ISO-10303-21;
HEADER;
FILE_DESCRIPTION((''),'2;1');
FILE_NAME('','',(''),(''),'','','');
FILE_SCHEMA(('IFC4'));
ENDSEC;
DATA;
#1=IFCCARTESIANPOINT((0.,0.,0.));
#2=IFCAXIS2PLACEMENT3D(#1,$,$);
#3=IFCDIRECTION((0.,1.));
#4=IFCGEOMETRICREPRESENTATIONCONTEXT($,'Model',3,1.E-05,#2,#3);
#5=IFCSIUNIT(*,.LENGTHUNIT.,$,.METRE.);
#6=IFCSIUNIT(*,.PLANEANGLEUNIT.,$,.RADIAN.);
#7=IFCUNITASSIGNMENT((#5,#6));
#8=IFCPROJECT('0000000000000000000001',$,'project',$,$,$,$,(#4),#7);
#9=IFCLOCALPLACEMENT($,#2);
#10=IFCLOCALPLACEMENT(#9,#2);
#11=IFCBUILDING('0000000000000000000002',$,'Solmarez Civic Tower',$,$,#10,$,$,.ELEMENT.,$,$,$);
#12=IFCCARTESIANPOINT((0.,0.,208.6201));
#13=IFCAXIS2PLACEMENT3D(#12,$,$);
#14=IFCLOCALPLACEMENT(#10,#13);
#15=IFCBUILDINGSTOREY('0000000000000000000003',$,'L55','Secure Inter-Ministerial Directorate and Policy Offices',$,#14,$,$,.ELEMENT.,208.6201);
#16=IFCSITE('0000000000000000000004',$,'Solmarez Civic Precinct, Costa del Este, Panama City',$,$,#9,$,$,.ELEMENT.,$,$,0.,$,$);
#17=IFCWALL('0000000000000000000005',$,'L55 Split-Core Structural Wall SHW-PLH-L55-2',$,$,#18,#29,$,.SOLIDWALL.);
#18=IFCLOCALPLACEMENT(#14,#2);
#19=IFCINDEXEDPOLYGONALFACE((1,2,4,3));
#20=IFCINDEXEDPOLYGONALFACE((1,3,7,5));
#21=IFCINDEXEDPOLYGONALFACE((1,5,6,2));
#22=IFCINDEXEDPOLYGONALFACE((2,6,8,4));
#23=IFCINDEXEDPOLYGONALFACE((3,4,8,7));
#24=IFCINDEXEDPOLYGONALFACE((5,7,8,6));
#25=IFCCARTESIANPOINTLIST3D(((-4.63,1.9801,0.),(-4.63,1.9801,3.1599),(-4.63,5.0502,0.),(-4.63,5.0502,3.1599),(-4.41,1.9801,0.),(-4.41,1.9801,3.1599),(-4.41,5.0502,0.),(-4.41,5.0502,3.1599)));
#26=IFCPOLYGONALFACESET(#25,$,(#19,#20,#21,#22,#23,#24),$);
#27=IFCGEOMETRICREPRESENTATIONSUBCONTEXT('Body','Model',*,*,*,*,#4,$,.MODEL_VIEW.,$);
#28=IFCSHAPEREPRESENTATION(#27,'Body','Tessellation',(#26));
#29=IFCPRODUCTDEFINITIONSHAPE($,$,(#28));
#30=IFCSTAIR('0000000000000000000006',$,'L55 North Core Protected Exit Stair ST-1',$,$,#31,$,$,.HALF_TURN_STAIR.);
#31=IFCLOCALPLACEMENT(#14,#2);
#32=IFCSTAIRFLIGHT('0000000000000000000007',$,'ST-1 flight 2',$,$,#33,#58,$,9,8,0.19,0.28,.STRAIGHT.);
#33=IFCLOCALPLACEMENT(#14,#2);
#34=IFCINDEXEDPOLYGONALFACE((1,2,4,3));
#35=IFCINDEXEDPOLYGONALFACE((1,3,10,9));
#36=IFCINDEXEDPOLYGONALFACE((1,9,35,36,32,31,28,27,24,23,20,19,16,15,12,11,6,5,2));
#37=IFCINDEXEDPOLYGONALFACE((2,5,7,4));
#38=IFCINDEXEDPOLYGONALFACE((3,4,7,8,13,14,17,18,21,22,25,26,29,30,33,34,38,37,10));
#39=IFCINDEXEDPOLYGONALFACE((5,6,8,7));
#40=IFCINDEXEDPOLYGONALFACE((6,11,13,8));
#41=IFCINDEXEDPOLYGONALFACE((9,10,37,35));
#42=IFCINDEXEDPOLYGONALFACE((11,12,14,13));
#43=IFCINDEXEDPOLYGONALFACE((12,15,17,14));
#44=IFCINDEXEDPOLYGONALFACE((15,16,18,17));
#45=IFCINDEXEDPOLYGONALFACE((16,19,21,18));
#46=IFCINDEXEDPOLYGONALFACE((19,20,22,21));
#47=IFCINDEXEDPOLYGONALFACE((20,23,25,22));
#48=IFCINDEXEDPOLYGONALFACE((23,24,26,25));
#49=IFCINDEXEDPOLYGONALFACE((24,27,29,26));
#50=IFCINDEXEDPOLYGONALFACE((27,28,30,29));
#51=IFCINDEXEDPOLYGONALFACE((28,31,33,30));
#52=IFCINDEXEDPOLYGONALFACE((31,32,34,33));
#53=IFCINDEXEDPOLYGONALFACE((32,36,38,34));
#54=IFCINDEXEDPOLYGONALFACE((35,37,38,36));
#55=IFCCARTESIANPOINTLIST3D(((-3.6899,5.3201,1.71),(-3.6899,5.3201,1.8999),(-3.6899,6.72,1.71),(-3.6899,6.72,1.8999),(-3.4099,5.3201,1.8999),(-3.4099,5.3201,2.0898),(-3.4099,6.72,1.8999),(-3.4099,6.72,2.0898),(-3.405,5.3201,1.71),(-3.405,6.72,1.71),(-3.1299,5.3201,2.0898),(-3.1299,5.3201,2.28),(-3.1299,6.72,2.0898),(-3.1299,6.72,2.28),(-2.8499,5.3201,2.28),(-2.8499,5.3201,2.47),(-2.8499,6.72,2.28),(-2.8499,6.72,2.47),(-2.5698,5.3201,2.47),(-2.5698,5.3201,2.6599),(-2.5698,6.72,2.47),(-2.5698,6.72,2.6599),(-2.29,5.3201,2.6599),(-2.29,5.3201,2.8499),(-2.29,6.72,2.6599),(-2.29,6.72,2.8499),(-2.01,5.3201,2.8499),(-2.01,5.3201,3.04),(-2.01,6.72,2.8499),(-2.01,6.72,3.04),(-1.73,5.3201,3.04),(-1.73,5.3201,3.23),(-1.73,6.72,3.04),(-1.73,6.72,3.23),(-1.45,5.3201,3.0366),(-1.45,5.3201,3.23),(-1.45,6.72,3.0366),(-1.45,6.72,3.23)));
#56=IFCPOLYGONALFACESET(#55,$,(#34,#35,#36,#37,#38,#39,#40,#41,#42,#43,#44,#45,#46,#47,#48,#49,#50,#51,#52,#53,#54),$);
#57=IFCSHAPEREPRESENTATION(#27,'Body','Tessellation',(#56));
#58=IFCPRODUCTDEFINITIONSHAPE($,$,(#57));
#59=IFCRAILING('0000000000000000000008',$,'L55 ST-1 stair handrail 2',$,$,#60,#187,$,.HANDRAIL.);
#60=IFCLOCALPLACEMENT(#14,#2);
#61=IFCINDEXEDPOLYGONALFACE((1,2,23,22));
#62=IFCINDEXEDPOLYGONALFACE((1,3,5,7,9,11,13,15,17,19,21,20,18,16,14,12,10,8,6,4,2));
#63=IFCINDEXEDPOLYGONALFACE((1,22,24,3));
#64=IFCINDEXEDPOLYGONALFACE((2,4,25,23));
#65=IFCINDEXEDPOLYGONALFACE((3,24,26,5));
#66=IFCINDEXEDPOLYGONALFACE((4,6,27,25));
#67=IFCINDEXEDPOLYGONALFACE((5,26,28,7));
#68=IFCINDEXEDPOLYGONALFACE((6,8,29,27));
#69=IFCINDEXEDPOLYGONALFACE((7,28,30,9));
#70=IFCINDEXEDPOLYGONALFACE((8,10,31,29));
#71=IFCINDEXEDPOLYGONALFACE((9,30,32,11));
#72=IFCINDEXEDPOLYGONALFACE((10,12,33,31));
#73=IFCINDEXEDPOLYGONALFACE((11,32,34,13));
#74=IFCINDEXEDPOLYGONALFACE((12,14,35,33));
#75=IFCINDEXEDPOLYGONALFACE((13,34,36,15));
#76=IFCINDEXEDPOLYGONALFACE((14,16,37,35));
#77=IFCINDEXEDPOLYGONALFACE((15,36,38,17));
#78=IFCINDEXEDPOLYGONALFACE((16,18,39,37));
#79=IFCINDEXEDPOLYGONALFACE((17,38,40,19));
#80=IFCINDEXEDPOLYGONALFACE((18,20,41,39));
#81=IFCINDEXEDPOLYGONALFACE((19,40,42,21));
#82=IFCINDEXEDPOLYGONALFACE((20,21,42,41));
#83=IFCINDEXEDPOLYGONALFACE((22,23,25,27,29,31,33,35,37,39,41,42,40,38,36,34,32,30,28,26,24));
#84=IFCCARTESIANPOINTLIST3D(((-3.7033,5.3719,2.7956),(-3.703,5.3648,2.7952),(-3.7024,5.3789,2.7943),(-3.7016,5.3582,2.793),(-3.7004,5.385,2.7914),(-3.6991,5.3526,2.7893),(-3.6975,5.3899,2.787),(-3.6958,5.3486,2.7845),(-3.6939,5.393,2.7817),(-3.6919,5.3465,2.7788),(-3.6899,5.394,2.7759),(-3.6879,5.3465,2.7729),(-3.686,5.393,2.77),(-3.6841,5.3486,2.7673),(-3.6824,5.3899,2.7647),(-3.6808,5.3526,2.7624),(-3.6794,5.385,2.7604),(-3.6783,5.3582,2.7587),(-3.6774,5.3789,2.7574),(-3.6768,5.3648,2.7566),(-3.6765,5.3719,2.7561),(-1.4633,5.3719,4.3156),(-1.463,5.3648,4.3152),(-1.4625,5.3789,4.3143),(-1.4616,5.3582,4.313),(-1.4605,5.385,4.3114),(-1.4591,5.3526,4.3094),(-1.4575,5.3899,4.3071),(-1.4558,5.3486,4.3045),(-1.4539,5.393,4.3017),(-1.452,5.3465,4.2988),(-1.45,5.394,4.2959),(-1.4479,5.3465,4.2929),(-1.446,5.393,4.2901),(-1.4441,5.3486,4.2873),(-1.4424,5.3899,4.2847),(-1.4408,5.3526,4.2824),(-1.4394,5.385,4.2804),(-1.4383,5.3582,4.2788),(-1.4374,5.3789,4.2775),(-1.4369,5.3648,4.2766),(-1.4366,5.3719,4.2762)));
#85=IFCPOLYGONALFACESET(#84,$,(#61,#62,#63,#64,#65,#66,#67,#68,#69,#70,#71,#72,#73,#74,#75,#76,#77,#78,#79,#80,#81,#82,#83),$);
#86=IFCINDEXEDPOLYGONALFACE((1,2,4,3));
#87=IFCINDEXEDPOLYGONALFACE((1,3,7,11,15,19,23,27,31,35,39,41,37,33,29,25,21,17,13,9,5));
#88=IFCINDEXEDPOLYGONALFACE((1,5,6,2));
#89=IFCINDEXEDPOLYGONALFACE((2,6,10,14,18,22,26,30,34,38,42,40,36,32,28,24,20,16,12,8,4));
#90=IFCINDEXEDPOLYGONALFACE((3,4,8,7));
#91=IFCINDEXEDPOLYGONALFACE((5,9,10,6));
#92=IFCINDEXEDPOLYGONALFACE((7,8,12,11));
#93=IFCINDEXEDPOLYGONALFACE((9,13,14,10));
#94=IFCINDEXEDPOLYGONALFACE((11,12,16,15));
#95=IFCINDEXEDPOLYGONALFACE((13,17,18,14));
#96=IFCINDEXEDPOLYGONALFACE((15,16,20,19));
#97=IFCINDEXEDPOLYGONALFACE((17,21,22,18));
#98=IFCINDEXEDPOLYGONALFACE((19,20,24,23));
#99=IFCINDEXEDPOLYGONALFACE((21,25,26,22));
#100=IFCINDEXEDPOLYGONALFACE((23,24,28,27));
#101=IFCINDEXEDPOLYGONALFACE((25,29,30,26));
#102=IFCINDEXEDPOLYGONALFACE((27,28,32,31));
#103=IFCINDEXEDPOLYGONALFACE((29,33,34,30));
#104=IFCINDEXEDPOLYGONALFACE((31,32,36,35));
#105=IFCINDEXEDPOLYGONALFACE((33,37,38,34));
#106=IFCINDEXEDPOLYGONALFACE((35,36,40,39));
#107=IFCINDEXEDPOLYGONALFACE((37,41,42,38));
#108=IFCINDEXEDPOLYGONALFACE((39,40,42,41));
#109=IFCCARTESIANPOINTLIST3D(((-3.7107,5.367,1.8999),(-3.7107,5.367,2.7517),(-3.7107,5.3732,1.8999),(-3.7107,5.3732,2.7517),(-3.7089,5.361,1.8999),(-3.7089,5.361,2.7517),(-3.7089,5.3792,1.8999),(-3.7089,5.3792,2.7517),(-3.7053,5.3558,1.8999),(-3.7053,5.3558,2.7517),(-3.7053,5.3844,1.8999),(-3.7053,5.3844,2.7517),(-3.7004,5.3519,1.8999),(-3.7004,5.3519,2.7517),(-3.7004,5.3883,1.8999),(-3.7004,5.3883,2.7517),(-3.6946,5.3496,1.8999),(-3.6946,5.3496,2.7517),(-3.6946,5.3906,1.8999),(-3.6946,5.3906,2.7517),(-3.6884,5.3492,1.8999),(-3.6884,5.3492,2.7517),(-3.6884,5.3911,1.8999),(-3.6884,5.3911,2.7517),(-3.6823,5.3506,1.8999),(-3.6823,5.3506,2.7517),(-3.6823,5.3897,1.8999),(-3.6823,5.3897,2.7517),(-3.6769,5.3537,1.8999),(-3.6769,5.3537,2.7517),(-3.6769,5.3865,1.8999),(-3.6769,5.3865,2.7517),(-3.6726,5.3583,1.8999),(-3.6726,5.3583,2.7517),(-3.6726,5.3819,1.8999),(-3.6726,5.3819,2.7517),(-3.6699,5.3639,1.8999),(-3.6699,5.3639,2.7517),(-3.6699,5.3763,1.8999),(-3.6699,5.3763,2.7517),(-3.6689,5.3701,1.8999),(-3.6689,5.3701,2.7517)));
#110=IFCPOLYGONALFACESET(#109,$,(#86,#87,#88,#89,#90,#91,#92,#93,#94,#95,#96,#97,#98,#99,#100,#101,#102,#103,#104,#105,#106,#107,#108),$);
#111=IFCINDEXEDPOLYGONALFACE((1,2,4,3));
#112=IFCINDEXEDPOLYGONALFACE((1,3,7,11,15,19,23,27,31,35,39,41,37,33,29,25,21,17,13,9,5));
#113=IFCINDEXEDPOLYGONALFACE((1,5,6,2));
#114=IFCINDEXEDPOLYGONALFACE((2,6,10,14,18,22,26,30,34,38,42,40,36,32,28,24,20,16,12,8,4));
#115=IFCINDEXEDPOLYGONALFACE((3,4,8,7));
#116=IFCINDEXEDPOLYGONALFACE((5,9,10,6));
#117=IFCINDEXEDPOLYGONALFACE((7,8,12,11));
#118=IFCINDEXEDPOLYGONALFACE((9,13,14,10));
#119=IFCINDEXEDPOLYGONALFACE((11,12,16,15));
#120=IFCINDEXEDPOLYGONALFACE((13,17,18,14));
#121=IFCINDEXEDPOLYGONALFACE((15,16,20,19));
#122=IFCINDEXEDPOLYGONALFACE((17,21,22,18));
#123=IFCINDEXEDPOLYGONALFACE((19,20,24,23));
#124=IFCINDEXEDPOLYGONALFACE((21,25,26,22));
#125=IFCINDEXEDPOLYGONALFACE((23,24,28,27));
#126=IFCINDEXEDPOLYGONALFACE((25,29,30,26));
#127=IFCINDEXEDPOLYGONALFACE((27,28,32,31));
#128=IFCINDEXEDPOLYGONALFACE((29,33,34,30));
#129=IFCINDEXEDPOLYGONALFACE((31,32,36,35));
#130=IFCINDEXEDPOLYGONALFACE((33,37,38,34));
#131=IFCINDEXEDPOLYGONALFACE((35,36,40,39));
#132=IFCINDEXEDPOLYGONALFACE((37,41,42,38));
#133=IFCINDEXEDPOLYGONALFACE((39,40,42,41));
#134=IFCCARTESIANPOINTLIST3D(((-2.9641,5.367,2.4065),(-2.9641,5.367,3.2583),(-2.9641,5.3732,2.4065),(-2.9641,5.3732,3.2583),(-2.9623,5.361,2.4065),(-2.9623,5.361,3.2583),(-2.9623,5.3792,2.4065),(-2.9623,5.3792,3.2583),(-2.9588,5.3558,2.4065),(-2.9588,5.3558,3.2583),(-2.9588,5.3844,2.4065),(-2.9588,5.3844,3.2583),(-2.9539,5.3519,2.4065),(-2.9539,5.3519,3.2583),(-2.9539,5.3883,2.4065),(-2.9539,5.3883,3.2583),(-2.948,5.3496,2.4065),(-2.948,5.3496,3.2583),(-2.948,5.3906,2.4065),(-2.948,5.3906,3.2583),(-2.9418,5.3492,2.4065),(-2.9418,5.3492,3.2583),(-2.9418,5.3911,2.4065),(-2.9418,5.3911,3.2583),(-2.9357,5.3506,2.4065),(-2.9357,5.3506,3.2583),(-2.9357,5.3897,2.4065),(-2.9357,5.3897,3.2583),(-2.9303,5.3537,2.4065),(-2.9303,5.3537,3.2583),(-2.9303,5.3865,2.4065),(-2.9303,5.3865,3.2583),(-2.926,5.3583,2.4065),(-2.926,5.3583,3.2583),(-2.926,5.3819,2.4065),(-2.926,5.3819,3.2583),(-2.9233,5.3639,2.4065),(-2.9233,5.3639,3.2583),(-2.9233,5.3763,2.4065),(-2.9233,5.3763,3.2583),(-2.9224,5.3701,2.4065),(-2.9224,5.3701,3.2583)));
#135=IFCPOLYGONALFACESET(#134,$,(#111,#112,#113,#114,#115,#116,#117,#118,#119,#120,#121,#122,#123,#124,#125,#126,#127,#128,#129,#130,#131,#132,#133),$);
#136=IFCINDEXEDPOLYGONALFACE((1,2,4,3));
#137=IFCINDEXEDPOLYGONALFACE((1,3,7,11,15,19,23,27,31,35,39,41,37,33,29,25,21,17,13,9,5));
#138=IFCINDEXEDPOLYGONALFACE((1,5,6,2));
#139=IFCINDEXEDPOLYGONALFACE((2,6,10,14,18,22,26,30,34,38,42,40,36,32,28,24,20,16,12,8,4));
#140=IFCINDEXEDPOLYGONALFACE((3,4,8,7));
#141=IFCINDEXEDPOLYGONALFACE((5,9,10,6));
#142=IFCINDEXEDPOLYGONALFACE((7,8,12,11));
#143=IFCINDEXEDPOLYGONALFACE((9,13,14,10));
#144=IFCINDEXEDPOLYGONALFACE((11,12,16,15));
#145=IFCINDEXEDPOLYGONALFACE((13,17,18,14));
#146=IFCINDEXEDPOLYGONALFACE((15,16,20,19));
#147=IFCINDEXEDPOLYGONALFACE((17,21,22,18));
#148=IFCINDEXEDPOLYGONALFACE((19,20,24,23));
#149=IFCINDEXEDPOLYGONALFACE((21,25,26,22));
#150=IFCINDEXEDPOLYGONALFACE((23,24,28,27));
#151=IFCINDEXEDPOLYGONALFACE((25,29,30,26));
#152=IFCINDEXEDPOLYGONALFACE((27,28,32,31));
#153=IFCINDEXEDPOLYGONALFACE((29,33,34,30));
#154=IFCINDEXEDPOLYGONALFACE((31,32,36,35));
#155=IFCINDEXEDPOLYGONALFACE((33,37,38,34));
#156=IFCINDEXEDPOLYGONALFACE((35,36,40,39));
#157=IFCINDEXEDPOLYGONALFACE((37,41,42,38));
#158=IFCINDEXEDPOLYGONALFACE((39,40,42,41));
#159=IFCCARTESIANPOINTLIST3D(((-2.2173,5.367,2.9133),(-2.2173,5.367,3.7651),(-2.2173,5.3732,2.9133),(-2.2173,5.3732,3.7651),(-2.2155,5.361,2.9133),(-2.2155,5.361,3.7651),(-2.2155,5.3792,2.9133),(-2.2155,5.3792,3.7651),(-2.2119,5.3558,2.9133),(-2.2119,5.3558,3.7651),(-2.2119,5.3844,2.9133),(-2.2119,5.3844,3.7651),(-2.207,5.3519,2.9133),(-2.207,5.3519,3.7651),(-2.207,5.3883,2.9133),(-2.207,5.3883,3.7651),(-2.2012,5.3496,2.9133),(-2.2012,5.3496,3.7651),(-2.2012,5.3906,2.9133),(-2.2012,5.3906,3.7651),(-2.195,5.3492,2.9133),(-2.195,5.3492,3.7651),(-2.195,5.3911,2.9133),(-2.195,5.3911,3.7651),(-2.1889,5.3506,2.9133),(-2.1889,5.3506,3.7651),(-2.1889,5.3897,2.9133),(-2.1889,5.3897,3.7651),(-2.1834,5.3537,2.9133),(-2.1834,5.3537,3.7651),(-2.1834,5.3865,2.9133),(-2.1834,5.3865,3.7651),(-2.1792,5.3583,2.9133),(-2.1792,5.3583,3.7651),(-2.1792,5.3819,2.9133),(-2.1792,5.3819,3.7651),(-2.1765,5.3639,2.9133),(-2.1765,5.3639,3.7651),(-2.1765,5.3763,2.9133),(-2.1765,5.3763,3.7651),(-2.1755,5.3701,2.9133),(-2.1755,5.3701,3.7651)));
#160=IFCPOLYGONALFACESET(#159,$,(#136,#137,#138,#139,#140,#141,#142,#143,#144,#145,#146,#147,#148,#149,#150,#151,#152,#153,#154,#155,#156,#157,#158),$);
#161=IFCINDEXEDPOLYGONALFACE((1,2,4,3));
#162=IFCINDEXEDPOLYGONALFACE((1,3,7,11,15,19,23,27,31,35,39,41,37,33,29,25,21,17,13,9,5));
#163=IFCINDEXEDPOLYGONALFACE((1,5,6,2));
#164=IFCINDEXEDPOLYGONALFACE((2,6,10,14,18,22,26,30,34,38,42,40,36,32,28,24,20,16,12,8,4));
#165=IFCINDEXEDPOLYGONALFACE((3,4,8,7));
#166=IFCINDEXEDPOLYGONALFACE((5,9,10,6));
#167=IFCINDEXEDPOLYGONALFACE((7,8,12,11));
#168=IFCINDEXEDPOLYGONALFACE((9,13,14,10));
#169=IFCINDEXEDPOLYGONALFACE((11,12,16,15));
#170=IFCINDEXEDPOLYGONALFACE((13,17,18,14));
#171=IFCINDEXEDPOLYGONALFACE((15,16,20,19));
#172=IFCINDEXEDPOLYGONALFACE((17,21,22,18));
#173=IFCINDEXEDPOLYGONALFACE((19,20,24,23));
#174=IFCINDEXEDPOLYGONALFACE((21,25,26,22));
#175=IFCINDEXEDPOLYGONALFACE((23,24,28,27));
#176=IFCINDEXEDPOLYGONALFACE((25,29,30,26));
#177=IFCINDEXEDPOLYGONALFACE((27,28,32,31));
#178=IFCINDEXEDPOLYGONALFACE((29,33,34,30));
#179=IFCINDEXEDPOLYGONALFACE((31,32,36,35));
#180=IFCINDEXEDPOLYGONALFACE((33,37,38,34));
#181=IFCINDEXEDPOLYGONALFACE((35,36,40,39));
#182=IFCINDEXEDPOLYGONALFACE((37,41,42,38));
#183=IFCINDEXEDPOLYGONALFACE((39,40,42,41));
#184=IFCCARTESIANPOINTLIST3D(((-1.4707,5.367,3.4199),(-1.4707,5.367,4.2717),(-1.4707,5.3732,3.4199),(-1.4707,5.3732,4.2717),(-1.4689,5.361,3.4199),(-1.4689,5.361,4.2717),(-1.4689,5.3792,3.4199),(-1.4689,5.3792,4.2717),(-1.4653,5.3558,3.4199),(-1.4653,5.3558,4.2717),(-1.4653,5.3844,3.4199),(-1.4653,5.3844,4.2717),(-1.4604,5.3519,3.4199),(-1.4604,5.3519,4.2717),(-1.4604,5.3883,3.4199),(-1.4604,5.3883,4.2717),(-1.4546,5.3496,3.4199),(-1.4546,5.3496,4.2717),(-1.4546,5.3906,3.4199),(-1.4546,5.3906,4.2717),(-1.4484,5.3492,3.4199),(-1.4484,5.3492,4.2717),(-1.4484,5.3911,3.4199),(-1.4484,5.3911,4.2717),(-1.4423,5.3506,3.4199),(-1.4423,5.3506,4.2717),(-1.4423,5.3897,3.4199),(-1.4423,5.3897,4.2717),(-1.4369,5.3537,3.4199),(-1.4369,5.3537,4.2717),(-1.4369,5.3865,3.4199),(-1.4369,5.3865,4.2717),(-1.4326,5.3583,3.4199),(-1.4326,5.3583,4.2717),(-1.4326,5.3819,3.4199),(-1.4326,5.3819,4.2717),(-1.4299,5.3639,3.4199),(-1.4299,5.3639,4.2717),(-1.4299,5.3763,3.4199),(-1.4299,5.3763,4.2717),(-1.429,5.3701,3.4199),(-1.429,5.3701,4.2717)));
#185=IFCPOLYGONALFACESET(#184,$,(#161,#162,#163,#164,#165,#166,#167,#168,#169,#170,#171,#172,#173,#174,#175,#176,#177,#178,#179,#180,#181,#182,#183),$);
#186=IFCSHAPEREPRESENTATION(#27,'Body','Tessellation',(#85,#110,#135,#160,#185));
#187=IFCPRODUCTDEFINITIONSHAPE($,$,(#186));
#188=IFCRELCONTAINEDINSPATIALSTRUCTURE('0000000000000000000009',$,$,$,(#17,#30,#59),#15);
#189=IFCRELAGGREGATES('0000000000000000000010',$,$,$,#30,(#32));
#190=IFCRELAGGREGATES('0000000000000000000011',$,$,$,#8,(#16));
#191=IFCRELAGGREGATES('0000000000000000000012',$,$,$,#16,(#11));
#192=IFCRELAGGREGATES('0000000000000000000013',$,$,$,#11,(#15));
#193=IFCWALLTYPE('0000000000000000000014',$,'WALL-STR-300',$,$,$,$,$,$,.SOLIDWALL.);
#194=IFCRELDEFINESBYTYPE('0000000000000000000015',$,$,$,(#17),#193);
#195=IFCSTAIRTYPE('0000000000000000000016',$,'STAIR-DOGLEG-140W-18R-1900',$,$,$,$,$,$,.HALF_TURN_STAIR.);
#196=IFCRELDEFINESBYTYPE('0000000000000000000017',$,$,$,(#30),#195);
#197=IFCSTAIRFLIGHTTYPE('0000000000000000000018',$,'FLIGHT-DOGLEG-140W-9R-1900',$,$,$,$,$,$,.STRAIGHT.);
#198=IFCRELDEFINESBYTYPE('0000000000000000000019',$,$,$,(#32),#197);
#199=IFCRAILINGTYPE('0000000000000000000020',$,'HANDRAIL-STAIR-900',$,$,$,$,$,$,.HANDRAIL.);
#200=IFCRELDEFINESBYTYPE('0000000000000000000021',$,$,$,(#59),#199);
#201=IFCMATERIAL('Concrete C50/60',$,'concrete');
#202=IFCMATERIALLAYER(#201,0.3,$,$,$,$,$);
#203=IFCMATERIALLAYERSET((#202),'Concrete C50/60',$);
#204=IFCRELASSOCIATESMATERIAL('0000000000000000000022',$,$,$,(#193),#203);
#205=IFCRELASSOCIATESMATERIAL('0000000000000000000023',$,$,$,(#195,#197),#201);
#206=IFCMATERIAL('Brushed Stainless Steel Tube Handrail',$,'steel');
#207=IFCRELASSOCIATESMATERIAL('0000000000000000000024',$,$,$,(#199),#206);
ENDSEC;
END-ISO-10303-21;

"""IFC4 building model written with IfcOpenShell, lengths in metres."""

from ifc_helpers import new_model, si_unit, direction, frame, frame_2d, origin, origin_2d, place, context, subcontext, project, spatial, polyline, rectangle, circle, outline, extrude, material, layer, layer_set, type_object, element, aggregate, save


model = new_model("IFC4")

# Units and contexts
model_context = context("Model", 3, precision=1e-05, world=origin(), true_north=direction((0.0, 1.0)))
body_context = subcontext(model_context, "Body", "Model", "MODEL_VIEW")
ifc_project = project(units=[si_unit("LENGTHUNIT", "METRE"), si_unit("PLANEANGLEUNIT", "RADIAN")], contexts=[model_context])

# Site, building, storey
site_placement = place(None, origin())
site = spatial("IfcSite", under=ifc_project, at=site_placement, Name="Solmarez Civic Precinct, Costa del Este, Panama City", CompositionType="ELEMENT", RefElevation=0.0)
building_placement = place(site_placement, origin())
building = spatial("IfcBuilding", under=site, at=building_placement, Name="Solmarez Civic Tower", CompositionType="ELEMENT")
storey_placement = place(building_placement, frame((0.0, 0.0, 208.6201)))
storey = spatial("IfcBuildingStorey", under=building, at=storey_placement, Name="L55", Description="Secure Inter-Ministerial Directorate and Policy Offices", CompositionType="ELEMENT", Elevation=208.6201)

# Shared definitions
ifc_material_1 = material(Name="Concrete C50/60", Category="concrete")

# Wall
ifc_layer_1 = layer(ifc_material_1, 0.3)
ifc_layer_set_1 = layer_set([ifc_layer_1], Name="Concrete C50/60")
wall_type_1 = type_object("IfcWallType", Name="WALL-STR-300", PredefinedType="SOLIDWALL", material=ifc_layer_set_1)
for number, where, z_axis, x_axis, name in (
    (1, (-4.52, 1.98, 0.0), (0.0, 0.0, 1.0), (0.0, 1.0, 0.0), "L55 Split-Core Structural Wall SHW-PLH-L55-2"),
):
    element("IfcWall", number, at=place(storey_placement, frame(where, z_axis=z_axis, x_axis=x_axis)), inside=storey, type_object=wall_type_1, Name=name, PredefinedType="SOLIDWALL", context=body_context, shape_type="SweptSolid", body=[
        extrude(rectangle(XDim=3.0701, YDim=0.22, at=frame_2d((1.5352, 0.0))), origin(), (0.0, 0.0, 1.0), 3.1599),
    ])

# Stair, stair flight
stair_type = type_object("IfcStairType", Name="STAIR-DOGLEG-140W-18R-1900", PredefinedType="HALF_TURN_STAIR", material=ifc_material_1)
stair_placement = place(storey_placement, origin())
stair = element("IfcStair", 2, at=stair_placement, inside=storey, type_object=stair_type, Name="L55 North Core Protected Exit Stair ST-1", PredefinedType="HALF_TURN_STAIR")
stair_flight_type = type_object("IfcStairFlightType", Name="FLIGHT-DOGLEG-140W-9R-1900", PredefinedType="STRAIGHT", material=ifc_material_1)
stair_flight_placement = place(storey_placement, frame((-3.6899, 6.02, 1.71), z_axis=(0.0, 0.0, 1.0), x_axis=(1.0, 0.0, 0.0)))
stair_flight = element("IfcStairFlight", 3, at=stair_flight_placement, type_object=stair_flight_type, Name="ST-1 flight 2", NumberOfRisers=9, NumberOfTreads=8, PredefinedType="STRAIGHT", RiserHeight=0.19, TreadLength=0.28, context=body_context, shape_type="SweptSolid", body=[
    extrude(outline(polyline([(0.0, 0.0), (0.0, 0.1899), (0.28, 0.1899), (0.28, 0.3799), (0.5601, 0.3799), (0.5601, 0.5701), (0.8401, 0.5701), (0.8401, 0.76), (1.1201, 0.76), (1.1201, 0.95), (1.3999, 0.95), (1.3999, 1.1399), (1.6799, 1.1399), (1.6799, 1.3301), (1.96, 1.3301), (1.96, 1.52), (2.24, 1.52), (2.24, 1.71), (2.24, 1.3267), (0.2849, 0.0), (0.0, 0.0)])), frame((0.0, 0.7, 0.0), z_axis=(0.0, -1.0, 0.0), x_axis=(1.0, 0.0, 0.0)), (0.0, 0.0, 1.0), 1.3999),
])
aggregate(stair, [stair_flight])

# Railing
ifc_material_2 = material(Name="Brushed Stainless Steel Tube Handrail", Category="steel")
railing_type = type_object("IfcRailingType", Name="HANDRAIL-STAIR-900", PredefinedType="HANDRAIL", material=ifc_material_2)
railing_placement = place(storey_placement, frame((-3.6899, 5.3701, 1.8999)))
element("IfcRailing", 4, at=railing_placement, inside=storey, type_object=railing_type, Name="L55 ST-1 stair handrail 2", PredefinedType="HANDRAIL", context=body_context, shape_type="SweptSolid", body=[
    extrude(circle(Radius=0.0239, at=origin_2d()), frame((0.0, 0.0, 0.876), z_axis=(0.827471, 0.0, 0.561508), x_axis=(0.0, 1.0, 0.0)), (0.0, 0.0, 1.0), 2.707),
    extrude(circle(Radius=0.021, at=origin_2d()), origin(), (0.0, 0.0, 1.0), 0.8518),
    extrude(circle(Radius=0.021, at=origin_2d()), frame((0.7466, 0.0, 0.5066)), (0.0, 0.0, 1.0), 0.8518),
    extrude(circle(Radius=0.021, at=origin_2d()), frame((1.4934, 0.0, 1.0134)), (0.0, 0.0, 1.0), 0.8518),
    extrude(circle(Radius=0.021, at=origin_2d()), frame((2.24, 0.0, 1.52)), (0.0, 0.0, 1.0), 0.8518),
])

save(model, "model.ifc")
